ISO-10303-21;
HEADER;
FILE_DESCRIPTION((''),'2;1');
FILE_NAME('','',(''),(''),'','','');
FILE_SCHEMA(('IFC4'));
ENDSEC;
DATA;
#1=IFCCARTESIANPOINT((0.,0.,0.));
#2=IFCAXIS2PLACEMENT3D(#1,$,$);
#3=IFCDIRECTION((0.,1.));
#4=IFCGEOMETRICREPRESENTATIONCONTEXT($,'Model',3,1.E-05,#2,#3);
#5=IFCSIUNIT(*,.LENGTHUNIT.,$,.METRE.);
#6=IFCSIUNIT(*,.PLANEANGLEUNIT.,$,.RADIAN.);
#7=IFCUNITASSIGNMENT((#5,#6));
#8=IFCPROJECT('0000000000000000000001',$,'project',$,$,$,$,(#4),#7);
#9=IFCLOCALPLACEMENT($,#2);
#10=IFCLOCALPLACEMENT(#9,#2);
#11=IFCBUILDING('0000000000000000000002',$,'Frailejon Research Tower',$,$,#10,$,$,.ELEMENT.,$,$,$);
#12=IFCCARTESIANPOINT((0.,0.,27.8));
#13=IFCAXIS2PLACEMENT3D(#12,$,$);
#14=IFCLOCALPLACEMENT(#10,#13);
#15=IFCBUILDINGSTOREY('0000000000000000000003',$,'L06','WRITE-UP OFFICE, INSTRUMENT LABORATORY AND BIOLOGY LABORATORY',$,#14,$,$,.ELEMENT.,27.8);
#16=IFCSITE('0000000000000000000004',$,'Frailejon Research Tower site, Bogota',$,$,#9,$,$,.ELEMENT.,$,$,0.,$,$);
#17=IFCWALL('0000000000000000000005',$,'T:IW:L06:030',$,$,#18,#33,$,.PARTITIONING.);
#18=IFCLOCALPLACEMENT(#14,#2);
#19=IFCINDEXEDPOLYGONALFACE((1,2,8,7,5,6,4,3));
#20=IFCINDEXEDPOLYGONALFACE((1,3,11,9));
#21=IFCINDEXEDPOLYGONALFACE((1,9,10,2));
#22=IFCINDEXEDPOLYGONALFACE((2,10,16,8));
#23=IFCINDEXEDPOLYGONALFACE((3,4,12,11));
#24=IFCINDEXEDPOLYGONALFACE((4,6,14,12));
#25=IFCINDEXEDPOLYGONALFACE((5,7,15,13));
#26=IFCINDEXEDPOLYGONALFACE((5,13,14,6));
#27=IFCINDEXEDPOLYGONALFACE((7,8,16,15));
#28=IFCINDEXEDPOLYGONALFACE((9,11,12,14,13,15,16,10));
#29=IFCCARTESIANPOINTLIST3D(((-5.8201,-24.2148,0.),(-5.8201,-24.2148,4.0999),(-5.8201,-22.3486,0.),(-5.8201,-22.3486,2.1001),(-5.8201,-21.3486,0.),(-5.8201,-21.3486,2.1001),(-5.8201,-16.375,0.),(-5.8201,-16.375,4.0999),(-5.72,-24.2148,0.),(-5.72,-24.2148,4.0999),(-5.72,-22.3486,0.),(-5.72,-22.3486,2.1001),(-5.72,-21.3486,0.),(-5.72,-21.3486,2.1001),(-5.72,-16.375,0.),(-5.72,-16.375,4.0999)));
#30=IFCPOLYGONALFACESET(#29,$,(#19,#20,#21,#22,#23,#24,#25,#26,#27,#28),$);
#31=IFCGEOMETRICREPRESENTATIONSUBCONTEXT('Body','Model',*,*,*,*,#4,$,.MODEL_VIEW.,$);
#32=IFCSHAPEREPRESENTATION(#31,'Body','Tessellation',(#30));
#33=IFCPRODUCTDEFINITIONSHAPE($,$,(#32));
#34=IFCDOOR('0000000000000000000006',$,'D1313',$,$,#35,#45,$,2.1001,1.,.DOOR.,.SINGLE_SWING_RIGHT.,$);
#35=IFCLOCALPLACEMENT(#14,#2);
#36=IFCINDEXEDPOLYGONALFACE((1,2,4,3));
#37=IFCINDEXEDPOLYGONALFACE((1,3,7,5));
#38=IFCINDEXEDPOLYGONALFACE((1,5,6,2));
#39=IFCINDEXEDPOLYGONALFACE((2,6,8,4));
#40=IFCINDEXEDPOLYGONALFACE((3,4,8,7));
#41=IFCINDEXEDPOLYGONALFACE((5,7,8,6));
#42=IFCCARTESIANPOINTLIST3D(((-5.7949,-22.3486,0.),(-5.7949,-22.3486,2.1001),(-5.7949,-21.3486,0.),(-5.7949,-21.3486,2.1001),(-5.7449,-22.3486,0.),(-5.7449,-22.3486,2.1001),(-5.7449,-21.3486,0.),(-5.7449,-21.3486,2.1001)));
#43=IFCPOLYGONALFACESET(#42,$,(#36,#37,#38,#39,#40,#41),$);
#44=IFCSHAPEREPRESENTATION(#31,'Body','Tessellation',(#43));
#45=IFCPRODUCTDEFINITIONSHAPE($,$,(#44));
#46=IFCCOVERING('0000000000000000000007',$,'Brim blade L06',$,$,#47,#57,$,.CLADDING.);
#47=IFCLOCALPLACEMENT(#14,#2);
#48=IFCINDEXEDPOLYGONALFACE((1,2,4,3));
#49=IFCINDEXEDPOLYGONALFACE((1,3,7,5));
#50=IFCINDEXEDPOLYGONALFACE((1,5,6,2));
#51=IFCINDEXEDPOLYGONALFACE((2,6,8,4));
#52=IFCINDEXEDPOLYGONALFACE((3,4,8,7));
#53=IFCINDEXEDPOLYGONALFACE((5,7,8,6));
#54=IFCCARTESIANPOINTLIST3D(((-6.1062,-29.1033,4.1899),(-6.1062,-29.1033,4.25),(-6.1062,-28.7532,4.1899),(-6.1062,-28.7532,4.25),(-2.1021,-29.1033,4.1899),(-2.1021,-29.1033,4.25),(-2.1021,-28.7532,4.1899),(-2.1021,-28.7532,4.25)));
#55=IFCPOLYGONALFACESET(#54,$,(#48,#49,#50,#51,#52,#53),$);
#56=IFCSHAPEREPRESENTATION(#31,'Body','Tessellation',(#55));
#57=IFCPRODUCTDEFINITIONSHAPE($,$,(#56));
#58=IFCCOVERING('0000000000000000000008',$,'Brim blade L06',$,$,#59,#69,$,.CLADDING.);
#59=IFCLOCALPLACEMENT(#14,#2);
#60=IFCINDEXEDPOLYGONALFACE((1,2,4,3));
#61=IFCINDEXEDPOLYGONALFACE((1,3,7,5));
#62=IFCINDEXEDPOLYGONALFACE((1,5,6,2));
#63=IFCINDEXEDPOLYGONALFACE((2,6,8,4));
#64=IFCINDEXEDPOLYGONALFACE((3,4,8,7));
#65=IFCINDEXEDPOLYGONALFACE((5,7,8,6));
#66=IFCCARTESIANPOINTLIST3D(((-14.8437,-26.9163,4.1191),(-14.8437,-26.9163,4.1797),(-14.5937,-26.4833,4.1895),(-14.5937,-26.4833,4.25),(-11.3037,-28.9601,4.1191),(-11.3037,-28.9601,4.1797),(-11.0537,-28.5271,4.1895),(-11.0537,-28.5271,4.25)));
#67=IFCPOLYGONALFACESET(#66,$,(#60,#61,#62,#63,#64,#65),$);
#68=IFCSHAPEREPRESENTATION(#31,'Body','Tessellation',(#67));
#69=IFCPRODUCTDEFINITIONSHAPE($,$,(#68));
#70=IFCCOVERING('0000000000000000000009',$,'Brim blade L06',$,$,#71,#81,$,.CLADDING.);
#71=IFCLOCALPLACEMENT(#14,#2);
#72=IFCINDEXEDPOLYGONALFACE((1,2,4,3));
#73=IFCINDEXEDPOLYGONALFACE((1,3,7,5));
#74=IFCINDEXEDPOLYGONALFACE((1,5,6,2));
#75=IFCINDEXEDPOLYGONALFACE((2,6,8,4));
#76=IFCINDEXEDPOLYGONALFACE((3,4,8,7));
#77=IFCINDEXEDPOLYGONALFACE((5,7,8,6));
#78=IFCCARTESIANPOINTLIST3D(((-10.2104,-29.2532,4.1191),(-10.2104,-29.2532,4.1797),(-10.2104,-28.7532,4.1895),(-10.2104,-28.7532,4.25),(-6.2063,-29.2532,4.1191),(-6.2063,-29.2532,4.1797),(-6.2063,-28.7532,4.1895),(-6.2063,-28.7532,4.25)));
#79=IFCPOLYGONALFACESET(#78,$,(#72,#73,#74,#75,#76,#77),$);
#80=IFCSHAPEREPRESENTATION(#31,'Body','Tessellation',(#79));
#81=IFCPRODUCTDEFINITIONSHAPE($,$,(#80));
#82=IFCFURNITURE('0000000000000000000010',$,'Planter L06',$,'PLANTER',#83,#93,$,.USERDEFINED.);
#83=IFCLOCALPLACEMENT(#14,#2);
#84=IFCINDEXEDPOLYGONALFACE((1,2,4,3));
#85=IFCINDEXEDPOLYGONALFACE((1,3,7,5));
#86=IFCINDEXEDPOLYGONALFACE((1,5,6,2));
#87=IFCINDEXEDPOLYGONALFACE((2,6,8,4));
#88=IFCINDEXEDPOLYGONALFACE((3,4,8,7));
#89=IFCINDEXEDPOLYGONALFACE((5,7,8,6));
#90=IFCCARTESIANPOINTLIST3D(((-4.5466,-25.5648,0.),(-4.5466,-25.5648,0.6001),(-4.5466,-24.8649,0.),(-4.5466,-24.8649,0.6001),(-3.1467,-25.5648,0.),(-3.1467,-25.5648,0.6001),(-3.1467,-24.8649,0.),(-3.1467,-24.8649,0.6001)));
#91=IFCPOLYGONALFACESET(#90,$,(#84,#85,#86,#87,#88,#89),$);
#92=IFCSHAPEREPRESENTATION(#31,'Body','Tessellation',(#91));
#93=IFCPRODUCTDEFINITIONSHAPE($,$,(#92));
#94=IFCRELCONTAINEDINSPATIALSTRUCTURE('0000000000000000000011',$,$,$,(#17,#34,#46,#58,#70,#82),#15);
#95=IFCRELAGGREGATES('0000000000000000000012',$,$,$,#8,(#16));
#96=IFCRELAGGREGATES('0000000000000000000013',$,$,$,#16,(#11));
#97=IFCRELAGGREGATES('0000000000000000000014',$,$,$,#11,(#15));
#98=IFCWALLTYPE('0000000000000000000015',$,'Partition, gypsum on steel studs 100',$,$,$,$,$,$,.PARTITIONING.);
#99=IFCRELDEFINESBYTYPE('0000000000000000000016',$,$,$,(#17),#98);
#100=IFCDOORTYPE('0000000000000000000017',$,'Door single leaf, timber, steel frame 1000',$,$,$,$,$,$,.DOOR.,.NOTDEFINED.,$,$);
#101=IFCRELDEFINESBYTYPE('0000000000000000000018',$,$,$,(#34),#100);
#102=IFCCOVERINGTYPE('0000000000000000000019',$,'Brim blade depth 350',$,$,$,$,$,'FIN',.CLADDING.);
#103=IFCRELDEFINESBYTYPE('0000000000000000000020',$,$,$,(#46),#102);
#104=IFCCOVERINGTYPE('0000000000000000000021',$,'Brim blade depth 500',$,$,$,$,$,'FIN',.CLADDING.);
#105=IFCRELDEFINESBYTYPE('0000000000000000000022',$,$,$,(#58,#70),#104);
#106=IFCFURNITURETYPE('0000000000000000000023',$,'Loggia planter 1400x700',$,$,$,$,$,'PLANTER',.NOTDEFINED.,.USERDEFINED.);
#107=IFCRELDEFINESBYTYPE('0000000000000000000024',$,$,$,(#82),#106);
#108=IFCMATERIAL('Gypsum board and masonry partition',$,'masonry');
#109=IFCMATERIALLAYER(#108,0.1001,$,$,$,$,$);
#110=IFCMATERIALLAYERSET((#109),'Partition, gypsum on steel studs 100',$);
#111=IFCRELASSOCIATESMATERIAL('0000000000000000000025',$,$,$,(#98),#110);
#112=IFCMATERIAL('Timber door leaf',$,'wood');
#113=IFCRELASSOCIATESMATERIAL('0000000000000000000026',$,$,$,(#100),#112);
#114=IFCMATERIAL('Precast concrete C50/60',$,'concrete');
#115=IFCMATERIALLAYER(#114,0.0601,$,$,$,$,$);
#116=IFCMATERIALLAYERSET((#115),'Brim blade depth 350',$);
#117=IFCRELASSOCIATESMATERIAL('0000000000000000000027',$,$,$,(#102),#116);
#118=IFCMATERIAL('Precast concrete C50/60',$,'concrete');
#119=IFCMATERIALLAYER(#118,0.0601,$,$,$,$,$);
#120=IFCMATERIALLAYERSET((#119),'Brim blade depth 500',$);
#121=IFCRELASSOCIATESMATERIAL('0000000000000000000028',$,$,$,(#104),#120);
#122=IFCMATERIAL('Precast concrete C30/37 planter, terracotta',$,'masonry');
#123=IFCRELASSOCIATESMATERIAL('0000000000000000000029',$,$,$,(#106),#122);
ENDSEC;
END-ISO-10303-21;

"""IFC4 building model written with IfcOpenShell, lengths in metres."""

from ifc_helpers import new_model, si_unit, direction, frame, frame_2d, origin, origin_2d, place, context, subcontext, project, spatial, polyline, rectangle, outline, extrude, material, layer, layer_set, type_object, element, fill, save


model = new_model("IFC4")

# Units and contexts
model_context = context("Model", 3, precision=1e-05, world=origin(), true_north=direction((0.0, 1.0)))
body_context = subcontext(model_context, "Body", "Model", "MODEL_VIEW")
ifc_project = project(units=[si_unit("LENGTHUNIT", "METRE"), si_unit("PLANEANGLEUNIT", "RADIAN")], contexts=[model_context])

# Site, building, storey
site_placement = place(None, origin())
site = spatial("IfcSite", under=ifc_project, at=site_placement, Name="Frailejon Research Tower site, Bogota", CompositionType="ELEMENT", RefElevation=0.0)
building_placement = place(site_placement, origin())
building = spatial("IfcBuilding", under=site, at=building_placement, Name="Frailejon Research Tower", CompositionType="ELEMENT")
storey_placement = place(building_placement, frame((0.0, 0.0, 27.8)))
storey = spatial("IfcBuildingStorey", under=building, at=storey_placement, Name="L06", Description="WRITE-UP OFFICE, INSTRUMENT LABORATORY AND BIOLOGY LABORATORY", CompositionType="ELEMENT", Elevation=27.8)

# Shared definitions
ifc_material_1 = material(Name="Gypsum board and masonry partition", Category="masonry")
ifc_layer_1 = layer(ifc_material_1, 0.1001)
ifc_layer_set_1 = layer_set([ifc_layer_1], Name="Partition, gypsum on steel studs 100")
wall_type_1 = type_object("IfcWallType", Name="Partition, gypsum on steel studs 100", PredefinedType="PARTITIONING", material=ifc_layer_set_1)

# Wall, opening, door
wall_1_placement = place(storey_placement, frame((-5.77, -24.2148, 0.0), z_axis=(0.0, 0.0, 1.0), x_axis=(0.0, 1.0, 0.0)))
wall_1 = element("IfcWall", 1, at=wall_1_placement, inside=storey, type_object=wall_type_1, Name="T:IW:L06:030", PredefinedType="PARTITIONING", context=body_context, shape_type="SweptSolid", body=[
    extrude(rectangle(XDim=7.8398, YDim=0.1001, at=frame_2d((3.9199, 0.0))), origin(), (0.0, 0.0, 1.0), 4.0999),
])
opening_1_placement = place(wall_1_placement, frame((1.8662, 0.0, 0.0)))
opening_1 = element("IfcOpeningElement", 2, at=opening_1_placement, cuts=wall_1, PredefinedType="OPENING", context=body_context, shape_type="SweptSolid", body=[
    extrude(rectangle(XDim=1.0, YDim=2.1001, at=frame_2d((0.5, 1.05))), frame((0.0, 0.0601, 0.0), z_axis=(0.0, -1.0, 0.0), x_axis=(1.0, 0.0, 0.0)), (0.0, 0.0, 1.0), 0.1201),
])
ifc_material_2 = material(Name="Timber door leaf", Category="wood")
door_type_1 = type_object("IfcDoorType", Name="Door single leaf, timber, steel frame 1000", OperationType="NOTDEFINED", PredefinedType="DOOR", material=ifc_material_2)
door_1_placement = place(opening_1_placement, origin())
door_1 = element("IfcDoor", 3, at=door_1_placement, inside=storey, type_object=door_type_1, Name="D1313", OperationType="SINGLE_SWING_RIGHT", OverallHeight=2.1001, OverallWidth=1.0, PredefinedType="DOOR", context=body_context, shape_type="SweptSolid", body=[
    extrude(rectangle(XDim=1.0, YDim=2.1001, at=frame_2d((0.5, 1.05))), frame((0.0, 0.0249, 0.0), z_axis=(0.0, -1.0, 0.0), x_axis=(1.0, 0.0, 0.0)), (0.0, 0.0, 1.0), 0.05),
])
fill(opening_1, door_1)

# Coverings
ifc_material_3 = material(Name="Precast concrete C50/60", Category="concrete")
ifc_layer_2 = layer(ifc_material_3, 0.0601)
ifc_layer_set_2 = layer_set([ifc_layer_2], Name="Brim blade depth 350")
covering_type_1 = type_object("IfcCoveringType", Name="Brim blade depth 350", ElementType="FIN", PredefinedType="CLADDING", material=ifc_layer_set_2)
covering_1_placement = place(storey_placement, frame((-2.1021, -28.7532, 4.25), z_axis=(-1.0, 0.0, 0.0), x_axis=(0.0, -1.0, 0.0)))
element("IfcCovering", 4, at=covering_1_placement, inside=storey, type_object=covering_type_1, Name="Brim blade L06", PredefinedType="CLADDING", context=body_context, shape_type="SweptSolid", body=[
    extrude(outline(polyline([(0.0, -0.0601), (0.3501, -0.0601), (0.3501, 0.0), (0.0, 0.0), (0.0, -0.0601)])), origin(), (0.0, 0.0, 1.0), 4.0042),
])
ifc_material_4 = material(Name="Precast concrete C50/60", Category="concrete")
ifc_layer_3 = layer(ifc_material_4, 0.0601)
ifc_layer_set_3 = layer_set([ifc_layer_3], Name="Brim blade depth 500")
covering_type_2 = type_object("IfcCoveringType", Name="Brim blade depth 500", ElementType="FIN", PredefinedType="CLADDING", material=ifc_layer_set_3)
covering_2_placement = place(storey_placement, frame((-11.0537, -28.5271, 4.25), z_axis=(-0.866027, 0.499997, 0.0), x_axis=(-0.499997, -0.866027, 0.0)))
element("IfcCovering", 5, at=covering_2_placement, inside=storey, type_object=covering_type_2, Name="Brim blade L06", PredefinedType="CLADDING", context=body_context, shape_type="SweptSolid", body=[
    extrude(outline(polyline([(0.0, -0.0605), (0.5, -0.1309), (0.5, -0.0703), (0.0, 0.0), (0.0, -0.0605)])), origin(), (0.0, 0.0, 1.0), 4.0876),
])
covering_3_placement = place(storey_placement, frame((-6.2063, -28.7532, 4.25), z_axis=(-1.0, 0.0, 0.0), x_axis=(0.0, -1.0, 0.0)))
element("IfcCovering", 6, at=covering_3_placement, inside=storey, type_object=covering_type_2, Name="Brim blade L06", PredefinedType="CLADDING", context=body_context, shape_type="SweptSolid", body=[
    extrude(outline(polyline([(0.0, -0.0605), (0.5, -0.1309), (0.5, -0.0703), (0.0, 0.0), (0.0, -0.0605)])), origin(), (0.0, 0.0, 1.0), 4.0042),
])

# Furniture
ifc_material_5 = material(Name="Precast concrete C30/37 planter, terracotta", Category="masonry")
furniture_type = type_object("IfcFurnitureType", Name="Loggia planter 1400x700", ElementType="PLANTER", AssemblyPlace="NOTDEFINED", PredefinedType="USERDEFINED", material=ifc_material_5)
furniture_placement = place(storey_placement, frame((-3.8467, -25.2148, 0.0), z_axis=(0.0, 0.0, 1.0), x_axis=(1.0, 0.0, 0.0)))
element("IfcFurniture", 7, at=furniture_placement, inside=storey, type_object=furniture_type, Name="Planter L06", ObjectType="PLANTER", PredefinedType="USERDEFINED", context=body_context, shape_type="SweptSolid", body=[
    extrude(rectangle(XDim=1.3999, YDim=0.7, at=origin_2d()), origin(), (0.0, 0.0, 1.0), 0.6001),
])

save(model, "model.ifc")
